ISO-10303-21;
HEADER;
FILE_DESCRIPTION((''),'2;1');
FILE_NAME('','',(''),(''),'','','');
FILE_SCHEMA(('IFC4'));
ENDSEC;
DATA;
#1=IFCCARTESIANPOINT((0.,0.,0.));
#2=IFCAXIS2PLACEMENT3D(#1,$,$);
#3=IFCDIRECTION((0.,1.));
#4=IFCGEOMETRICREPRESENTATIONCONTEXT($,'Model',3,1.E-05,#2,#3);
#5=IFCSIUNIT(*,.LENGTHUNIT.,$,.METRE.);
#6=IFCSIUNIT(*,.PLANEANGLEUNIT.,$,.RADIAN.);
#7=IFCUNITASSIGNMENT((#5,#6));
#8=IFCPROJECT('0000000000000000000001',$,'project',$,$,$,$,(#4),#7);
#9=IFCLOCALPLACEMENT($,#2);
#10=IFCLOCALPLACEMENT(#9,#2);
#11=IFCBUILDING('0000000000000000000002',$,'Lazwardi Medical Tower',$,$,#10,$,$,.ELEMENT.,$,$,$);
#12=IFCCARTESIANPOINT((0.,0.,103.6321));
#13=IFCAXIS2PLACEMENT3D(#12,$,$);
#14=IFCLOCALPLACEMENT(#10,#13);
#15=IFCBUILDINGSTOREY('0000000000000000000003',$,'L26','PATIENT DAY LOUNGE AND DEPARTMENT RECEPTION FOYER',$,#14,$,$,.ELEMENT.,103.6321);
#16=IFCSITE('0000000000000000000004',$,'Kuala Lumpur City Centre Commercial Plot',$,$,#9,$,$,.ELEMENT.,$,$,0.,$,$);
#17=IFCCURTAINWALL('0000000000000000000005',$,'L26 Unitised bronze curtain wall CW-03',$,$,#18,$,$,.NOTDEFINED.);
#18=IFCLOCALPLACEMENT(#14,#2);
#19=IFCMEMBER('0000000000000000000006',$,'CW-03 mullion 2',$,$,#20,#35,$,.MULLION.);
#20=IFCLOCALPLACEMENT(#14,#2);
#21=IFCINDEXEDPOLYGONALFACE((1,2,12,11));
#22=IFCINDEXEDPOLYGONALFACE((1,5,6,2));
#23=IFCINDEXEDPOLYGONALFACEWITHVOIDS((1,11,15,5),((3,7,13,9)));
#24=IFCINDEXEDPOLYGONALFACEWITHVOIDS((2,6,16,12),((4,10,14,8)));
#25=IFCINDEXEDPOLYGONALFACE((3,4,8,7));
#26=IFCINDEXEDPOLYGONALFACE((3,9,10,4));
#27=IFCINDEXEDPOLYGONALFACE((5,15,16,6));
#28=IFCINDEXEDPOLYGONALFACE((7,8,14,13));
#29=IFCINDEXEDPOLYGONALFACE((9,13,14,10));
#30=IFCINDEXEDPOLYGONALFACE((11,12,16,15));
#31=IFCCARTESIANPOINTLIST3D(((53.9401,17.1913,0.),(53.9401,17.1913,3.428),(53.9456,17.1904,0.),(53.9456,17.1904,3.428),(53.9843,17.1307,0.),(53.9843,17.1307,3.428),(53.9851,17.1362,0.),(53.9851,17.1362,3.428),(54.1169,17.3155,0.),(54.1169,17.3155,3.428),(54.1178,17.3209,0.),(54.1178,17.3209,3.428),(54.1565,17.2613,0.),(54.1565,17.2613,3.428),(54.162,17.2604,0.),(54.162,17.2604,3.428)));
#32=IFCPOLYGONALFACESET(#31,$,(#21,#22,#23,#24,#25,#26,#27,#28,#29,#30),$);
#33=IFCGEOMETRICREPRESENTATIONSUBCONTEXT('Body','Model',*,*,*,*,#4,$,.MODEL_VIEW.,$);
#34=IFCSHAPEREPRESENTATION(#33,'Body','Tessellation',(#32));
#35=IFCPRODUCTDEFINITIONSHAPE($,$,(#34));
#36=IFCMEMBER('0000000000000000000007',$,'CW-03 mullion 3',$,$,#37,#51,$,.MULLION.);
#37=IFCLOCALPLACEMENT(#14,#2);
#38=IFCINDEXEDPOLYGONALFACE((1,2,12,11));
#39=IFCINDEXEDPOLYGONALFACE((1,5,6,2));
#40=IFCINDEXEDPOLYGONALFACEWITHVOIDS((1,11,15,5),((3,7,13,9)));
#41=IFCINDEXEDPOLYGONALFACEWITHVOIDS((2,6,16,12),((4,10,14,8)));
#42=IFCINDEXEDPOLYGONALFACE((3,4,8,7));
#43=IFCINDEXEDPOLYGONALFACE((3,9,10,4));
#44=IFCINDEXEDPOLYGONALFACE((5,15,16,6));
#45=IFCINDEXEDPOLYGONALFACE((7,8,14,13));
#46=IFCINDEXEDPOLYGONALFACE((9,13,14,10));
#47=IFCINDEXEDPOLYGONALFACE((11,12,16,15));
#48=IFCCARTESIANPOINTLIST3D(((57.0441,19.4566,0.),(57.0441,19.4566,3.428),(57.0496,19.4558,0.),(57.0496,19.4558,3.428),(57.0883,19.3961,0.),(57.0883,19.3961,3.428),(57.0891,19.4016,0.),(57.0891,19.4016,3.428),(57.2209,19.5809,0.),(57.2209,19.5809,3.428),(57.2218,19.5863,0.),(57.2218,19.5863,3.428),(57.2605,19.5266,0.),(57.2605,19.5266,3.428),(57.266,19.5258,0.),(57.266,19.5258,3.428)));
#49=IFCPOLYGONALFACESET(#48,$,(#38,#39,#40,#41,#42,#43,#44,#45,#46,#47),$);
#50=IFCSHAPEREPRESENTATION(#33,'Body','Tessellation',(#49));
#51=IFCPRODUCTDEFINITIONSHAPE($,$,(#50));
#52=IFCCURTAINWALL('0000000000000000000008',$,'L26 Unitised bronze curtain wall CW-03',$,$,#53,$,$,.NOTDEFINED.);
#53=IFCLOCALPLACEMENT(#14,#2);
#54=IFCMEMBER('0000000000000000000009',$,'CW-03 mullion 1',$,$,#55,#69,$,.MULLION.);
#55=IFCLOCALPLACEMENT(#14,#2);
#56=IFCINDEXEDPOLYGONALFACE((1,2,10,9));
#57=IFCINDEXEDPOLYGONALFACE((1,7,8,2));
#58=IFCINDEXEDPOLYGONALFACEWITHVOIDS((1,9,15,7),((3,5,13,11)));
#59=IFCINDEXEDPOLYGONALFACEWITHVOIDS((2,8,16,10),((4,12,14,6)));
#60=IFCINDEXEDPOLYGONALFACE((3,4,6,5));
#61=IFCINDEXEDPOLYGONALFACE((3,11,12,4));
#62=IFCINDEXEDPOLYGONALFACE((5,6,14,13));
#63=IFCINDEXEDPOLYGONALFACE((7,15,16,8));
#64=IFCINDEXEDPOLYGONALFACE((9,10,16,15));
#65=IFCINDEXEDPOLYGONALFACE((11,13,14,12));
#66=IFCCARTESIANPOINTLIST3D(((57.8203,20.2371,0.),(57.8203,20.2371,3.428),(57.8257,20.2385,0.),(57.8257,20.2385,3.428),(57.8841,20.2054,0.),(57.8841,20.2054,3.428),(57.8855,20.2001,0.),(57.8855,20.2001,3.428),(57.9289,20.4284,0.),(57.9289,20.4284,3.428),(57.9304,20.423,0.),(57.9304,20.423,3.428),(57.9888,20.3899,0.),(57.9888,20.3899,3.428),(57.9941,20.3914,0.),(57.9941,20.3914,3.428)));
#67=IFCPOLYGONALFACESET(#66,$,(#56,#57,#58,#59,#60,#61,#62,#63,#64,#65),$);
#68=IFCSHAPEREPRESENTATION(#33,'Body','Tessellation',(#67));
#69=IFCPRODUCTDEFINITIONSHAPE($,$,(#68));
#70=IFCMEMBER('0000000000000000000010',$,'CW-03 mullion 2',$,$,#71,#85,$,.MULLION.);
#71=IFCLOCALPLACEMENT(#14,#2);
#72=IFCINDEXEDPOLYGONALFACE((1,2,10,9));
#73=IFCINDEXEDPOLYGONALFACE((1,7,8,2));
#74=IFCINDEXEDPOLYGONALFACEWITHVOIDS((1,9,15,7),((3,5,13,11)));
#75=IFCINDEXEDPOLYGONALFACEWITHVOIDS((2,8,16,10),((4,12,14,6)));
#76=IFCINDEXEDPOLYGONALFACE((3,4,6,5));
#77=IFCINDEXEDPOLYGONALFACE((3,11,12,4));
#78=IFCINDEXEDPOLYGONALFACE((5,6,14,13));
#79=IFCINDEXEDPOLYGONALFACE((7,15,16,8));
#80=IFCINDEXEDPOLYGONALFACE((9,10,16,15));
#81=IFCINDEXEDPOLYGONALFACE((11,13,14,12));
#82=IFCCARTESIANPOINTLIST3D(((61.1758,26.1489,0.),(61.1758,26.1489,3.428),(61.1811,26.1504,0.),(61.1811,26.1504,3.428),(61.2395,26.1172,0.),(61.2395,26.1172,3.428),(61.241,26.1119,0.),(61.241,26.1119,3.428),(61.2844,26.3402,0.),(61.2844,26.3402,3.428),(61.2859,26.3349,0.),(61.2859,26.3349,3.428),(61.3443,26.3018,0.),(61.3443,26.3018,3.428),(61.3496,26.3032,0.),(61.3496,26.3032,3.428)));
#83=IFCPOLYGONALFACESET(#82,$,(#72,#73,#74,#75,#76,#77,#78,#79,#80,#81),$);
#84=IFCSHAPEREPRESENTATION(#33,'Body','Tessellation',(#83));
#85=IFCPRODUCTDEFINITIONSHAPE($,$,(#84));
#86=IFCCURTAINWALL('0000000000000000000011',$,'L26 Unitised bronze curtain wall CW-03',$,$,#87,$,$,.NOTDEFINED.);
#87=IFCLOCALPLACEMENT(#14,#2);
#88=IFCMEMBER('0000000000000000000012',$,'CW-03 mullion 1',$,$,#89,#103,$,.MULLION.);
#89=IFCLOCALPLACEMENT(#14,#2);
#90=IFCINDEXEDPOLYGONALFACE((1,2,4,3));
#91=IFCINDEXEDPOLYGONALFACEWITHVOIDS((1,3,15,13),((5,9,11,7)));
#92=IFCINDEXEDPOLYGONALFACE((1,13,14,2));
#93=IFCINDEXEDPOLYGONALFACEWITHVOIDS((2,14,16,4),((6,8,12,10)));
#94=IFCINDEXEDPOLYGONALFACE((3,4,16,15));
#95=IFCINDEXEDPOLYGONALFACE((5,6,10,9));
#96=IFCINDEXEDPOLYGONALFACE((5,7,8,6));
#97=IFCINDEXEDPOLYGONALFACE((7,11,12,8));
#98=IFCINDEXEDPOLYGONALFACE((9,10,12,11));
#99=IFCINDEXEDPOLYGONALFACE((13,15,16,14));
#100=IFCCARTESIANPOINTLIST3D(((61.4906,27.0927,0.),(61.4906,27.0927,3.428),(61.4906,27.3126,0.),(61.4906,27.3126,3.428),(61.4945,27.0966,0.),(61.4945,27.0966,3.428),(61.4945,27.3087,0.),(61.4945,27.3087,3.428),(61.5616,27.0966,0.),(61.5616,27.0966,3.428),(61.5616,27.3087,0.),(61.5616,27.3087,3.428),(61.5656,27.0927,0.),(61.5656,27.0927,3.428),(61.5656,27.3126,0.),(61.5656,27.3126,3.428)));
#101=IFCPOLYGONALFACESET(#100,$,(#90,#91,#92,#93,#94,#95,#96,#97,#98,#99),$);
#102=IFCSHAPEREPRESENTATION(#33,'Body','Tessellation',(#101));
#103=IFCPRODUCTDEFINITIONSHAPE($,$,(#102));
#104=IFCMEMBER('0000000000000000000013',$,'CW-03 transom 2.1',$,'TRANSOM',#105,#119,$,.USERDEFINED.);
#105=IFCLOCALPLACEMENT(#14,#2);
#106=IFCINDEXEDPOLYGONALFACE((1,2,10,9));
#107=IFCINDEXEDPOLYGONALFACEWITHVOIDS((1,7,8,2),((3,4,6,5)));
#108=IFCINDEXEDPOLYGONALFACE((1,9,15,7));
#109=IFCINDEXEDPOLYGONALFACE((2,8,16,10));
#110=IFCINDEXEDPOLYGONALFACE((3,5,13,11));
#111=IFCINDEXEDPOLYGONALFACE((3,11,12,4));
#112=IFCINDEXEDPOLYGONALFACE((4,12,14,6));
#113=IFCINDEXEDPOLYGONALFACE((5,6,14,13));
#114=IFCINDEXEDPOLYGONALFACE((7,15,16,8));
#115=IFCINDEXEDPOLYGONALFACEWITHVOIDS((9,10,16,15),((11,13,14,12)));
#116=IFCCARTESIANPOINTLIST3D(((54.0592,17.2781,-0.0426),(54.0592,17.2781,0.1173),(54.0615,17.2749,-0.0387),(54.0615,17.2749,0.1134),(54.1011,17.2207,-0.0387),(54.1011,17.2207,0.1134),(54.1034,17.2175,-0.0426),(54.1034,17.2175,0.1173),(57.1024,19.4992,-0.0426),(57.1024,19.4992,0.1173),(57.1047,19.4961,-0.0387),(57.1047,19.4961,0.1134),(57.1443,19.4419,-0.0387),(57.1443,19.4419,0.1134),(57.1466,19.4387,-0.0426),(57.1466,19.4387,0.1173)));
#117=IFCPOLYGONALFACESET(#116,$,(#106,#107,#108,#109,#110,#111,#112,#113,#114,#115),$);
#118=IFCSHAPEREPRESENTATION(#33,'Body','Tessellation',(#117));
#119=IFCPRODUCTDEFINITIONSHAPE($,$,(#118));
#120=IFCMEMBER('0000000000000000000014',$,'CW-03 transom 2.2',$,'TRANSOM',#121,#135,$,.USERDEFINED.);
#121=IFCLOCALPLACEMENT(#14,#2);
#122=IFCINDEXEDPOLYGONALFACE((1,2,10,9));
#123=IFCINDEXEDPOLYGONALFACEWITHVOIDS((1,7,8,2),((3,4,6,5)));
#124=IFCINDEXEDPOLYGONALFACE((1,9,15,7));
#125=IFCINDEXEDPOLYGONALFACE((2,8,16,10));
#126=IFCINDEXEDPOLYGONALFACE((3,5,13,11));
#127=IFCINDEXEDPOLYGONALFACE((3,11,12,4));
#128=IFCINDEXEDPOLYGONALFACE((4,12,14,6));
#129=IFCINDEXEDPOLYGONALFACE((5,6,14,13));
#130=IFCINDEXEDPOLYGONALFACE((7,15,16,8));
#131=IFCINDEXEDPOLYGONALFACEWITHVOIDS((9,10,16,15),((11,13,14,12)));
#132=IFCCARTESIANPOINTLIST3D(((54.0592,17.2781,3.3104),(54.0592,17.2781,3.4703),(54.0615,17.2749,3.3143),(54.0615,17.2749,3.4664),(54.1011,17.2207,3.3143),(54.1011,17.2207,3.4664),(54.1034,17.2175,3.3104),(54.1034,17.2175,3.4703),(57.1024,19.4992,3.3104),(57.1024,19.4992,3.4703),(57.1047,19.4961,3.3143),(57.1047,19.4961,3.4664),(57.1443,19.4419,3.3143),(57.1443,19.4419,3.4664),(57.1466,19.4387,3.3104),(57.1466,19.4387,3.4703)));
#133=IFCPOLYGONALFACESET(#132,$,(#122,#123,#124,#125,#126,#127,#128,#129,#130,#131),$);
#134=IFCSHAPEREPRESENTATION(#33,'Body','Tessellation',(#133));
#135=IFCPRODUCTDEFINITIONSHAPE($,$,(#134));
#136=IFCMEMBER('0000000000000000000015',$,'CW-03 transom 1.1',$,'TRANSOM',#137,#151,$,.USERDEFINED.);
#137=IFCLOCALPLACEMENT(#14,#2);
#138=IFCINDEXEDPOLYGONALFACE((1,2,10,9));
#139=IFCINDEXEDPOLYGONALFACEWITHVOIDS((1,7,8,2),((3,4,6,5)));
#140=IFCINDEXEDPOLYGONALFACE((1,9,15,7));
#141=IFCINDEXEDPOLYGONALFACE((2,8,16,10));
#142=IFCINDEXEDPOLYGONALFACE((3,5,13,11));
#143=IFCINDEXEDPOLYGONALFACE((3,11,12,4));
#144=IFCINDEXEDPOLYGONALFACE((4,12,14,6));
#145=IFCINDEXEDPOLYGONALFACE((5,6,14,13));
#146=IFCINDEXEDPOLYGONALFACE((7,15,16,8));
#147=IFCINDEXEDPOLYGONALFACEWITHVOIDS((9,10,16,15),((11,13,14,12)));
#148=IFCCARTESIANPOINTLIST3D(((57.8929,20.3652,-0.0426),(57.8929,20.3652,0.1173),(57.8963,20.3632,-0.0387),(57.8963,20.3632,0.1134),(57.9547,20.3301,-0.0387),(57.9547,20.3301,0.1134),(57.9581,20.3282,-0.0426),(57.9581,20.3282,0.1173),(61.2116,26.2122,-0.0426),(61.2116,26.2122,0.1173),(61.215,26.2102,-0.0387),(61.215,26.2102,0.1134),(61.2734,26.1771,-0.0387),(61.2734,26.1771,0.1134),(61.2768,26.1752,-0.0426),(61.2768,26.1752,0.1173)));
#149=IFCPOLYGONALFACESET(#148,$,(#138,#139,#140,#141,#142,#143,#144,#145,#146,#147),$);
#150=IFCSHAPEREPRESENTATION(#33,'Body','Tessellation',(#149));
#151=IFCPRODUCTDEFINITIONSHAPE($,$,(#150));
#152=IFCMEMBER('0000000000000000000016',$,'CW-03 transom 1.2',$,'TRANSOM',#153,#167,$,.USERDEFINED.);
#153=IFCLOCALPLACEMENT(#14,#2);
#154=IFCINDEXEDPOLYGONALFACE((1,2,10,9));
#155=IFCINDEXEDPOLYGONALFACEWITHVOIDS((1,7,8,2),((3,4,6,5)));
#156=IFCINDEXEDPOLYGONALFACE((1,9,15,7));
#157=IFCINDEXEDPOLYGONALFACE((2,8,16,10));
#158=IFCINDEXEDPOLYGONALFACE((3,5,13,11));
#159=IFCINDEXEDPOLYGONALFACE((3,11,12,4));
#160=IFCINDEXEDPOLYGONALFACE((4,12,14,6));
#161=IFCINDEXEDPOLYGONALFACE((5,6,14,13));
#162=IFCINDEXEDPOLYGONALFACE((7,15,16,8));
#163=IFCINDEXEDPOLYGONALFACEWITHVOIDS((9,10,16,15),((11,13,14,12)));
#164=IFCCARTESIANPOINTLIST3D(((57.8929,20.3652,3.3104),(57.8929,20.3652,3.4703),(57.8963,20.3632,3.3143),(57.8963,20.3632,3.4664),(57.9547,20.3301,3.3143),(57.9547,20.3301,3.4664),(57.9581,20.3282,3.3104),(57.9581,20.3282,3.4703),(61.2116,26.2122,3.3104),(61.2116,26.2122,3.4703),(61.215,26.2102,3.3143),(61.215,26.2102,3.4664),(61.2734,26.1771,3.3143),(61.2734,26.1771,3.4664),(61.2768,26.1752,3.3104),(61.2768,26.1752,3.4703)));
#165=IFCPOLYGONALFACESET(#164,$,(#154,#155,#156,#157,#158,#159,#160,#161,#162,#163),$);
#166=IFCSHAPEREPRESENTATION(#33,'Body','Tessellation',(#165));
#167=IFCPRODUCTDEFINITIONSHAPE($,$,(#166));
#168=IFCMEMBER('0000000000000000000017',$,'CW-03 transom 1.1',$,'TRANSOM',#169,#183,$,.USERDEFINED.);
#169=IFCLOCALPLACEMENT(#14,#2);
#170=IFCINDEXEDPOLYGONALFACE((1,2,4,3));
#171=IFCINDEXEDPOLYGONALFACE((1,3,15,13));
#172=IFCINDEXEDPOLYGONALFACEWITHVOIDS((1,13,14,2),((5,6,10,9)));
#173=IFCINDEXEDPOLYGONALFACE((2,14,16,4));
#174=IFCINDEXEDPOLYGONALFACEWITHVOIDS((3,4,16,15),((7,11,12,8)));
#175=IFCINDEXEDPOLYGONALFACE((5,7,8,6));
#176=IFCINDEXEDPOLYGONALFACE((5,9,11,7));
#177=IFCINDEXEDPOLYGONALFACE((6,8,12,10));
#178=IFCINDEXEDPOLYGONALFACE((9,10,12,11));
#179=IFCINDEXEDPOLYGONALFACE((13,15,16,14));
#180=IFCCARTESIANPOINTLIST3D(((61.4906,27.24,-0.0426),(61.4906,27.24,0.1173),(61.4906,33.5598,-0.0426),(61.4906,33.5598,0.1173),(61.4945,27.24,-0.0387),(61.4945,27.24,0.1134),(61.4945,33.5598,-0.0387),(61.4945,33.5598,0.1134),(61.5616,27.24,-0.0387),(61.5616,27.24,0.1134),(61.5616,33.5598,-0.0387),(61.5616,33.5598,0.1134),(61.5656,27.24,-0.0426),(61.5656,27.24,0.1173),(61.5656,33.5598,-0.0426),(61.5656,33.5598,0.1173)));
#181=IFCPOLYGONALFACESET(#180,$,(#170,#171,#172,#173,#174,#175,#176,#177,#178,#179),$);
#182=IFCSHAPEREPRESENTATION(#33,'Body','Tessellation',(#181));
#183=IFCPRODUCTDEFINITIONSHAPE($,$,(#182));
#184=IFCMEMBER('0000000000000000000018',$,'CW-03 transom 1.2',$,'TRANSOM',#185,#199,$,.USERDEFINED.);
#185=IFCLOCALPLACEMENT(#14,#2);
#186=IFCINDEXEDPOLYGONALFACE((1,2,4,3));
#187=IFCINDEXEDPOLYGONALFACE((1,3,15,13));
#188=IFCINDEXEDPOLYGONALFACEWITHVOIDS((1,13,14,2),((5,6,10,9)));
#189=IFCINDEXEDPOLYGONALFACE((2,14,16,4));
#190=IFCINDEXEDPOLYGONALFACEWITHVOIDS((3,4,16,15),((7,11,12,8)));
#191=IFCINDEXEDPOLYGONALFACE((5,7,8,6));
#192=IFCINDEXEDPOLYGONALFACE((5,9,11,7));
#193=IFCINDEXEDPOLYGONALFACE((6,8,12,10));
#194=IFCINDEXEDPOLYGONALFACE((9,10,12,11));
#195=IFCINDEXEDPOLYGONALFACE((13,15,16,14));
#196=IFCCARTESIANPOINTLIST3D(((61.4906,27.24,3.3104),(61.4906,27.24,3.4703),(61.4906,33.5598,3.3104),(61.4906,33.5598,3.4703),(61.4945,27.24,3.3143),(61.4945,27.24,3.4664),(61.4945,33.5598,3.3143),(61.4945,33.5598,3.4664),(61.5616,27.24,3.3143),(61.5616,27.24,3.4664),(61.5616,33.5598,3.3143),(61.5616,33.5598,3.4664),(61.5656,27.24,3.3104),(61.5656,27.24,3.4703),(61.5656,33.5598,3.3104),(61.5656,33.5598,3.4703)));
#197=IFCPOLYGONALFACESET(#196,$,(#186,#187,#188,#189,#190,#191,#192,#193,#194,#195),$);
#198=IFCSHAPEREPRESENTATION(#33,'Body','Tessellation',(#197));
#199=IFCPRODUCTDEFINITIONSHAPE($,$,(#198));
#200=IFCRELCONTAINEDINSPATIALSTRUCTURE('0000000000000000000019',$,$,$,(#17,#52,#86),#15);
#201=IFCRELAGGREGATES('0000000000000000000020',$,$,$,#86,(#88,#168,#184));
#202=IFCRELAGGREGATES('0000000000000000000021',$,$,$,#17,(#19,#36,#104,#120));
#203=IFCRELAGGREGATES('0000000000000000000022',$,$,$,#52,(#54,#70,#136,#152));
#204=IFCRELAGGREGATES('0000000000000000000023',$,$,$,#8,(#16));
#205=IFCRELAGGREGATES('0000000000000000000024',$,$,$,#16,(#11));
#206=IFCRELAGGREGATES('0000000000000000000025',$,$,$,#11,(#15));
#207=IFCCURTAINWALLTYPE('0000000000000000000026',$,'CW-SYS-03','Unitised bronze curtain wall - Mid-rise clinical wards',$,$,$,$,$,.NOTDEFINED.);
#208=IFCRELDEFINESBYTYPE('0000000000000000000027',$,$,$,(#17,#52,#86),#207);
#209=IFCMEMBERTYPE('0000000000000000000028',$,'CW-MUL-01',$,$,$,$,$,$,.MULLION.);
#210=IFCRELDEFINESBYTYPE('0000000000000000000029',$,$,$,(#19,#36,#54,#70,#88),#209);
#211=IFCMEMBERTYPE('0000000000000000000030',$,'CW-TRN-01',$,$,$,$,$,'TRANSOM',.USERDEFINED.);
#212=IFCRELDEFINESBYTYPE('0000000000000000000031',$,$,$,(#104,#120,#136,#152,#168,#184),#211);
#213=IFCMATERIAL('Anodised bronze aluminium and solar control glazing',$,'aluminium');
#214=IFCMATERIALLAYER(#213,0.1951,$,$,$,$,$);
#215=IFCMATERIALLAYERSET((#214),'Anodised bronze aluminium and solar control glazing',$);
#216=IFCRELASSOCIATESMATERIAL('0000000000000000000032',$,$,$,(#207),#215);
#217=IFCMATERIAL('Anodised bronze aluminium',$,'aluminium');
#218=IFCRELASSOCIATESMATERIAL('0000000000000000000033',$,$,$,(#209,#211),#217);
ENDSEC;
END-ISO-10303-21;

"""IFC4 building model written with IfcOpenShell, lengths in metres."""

from ifc_helpers import new_model, si_unit, direction, frame, origin, origin_2d, place, context, subcontext, project, spatial, hollow_rectangle, extrude, material, layer, layer_set, material_profile, profile_set, type_object, element, aggregate, save


model = new_model("IFC4")

# Units and contexts
model_context = context("Model", 3, precision=1e-05, world=origin(), true_north=direction((0.0, 1.0)))
body_context = subcontext(model_context, "Body", "Model", "MODEL_VIEW")
ifc_project = project(units=[si_unit("LENGTHUNIT", "METRE"), si_unit("PLANEANGLEUNIT", "RADIAN")], contexts=[model_context])

# Site, building, storey
site_placement = place(None, origin())
site = spatial("IfcSite", under=ifc_project, at=site_placement, Name="Kuala Lumpur City Centre Commercial Plot", CompositionType="ELEMENT", RefElevation=0.0)
building_placement = place(site_placement, origin())
building = spatial("IfcBuilding", under=site, at=building_placement, Name="Lazwardi Medical Tower", CompositionType="ELEMENT")
storey_placement = place(building_placement, frame((0.0, 0.0, 103.6321)))
storey = spatial("IfcBuildingStorey", under=building, at=storey_placement, Name="L26", Description="PATIENT DAY LOUNGE AND DEPARTMENT RECEPTION FOYER", CompositionType="ELEMENT", Elevation=103.6321)

# Curtain walls, members
ifc_material_1 = material(Name="Anodised bronze aluminium and solar control glazing", Category="aluminium")
ifc_layer_1 = layer(ifc_material_1, 0.1951)
ifc_layer_set_1 = layer_set([ifc_layer_1], Name="Anodised bronze aluminium and solar control glazing")
curtain_wall_type = type_object("IfcCurtainWallType", Name="CW-SYS-03", Description="Unitised bronze curtain wall - Mid-rise clinical wards", PredefinedType="NOTDEFINED", material=ifc_layer_set_1)
curtain_wall_1_placement = place(storey_placement, origin())
curtain_wall_1 = element("IfcCurtainWall", 1, at=curtain_wall_1_placement, inside=storey, type_object=curtain_wall_type, Name="L26 Unitised bronze curtain wall CW-03", PredefinedType="NOTDEFINED")
ifc_material_2 = material(Name="Anodised bronze aluminium", Category="aluminium")
ifc_material_profile_1 = material_profile(ifc_material_2, hollow_rectangle(XDim=0.075, YDim=0.22, WallThickness=0.0039, at=origin_2d()), Name="ALU-MULLION 220x75x4")
ifc_profile_set_1 = profile_set([ifc_material_profile_1], Name="Anodised bronze aluminium")
member_type_1 = type_object("IfcMemberType", Name="CW-MUL-01", PredefinedType="MULLION", material=ifc_profile_set_1)
member_1_placement = place(storey_placement, frame((54.051, 17.2258, 0.0), z_axis=(0.0, 0.0, 1.0), x_axis=(-0.589531, 0.807746, 0.0)))
member_1 = element("IfcMember", 2, at=member_1_placement, type_object=member_type_1, Name="CW-03 mullion 2", PredefinedType="MULLION", context=body_context, shape_type="SweptSolid", body=[
    extrude(hollow_rectangle(XDim=0.075, YDim=0.22, WallThickness=0.0039, at=origin_2d()), origin(), (0.0, 0.0, 1.0), 3.428),
])
member_2_placement = place(storey_placement, frame((57.155, 19.4912, 0.0), z_axis=(0.0, 0.0, 1.0), x_axis=(-0.589531, 0.807746, 0.0)))
member_2 = element("IfcMember", 3, at=member_2_placement, type_object=member_type_1, Name="CW-03 mullion 3", PredefinedType="MULLION", context=body_context, shape_type="SweptSolid", body=[
    extrude(hollow_rectangle(XDim=0.075, YDim=0.22, WallThickness=0.0039, at=origin_2d()), origin(), (0.0, 0.0, 1.0), 3.428),
])
curtain_wall_2_placement = place(storey_placement, origin())
curtain_wall_2 = element("IfcCurtainWall", 4, at=curtain_wall_2_placement, inside=storey, type_object=curtain_wall_type, Name="L26 Unitised bronze curtain wall CW-03", PredefinedType="NOTDEFINED")
member_3_placement = place(storey_placement, frame((57.9072, 20.3142, 0.0), z_axis=(0.0, 0.0, 1.0), x_axis=(-0.869687, 0.493603, 0.0)))
member_3 = element("IfcMember", 5, at=member_3_placement, type_object=member_type_1, Name="CW-03 mullion 1", PredefinedType="MULLION", context=body_context, shape_type="SweptSolid", body=[
    extrude(hollow_rectangle(XDim=0.075, YDim=0.22, WallThickness=0.0039, at=origin_2d()), origin(), (0.0, 0.0, 1.0), 3.428),
])
member_4_placement = place(storey_placement, frame((61.2627, 26.2261, 0.0), z_axis=(0.0, 0.0, 1.0), x_axis=(-0.869687, 0.493603, 0.0)))
member_4 = element("IfcMember", 6, at=member_4_placement, type_object=member_type_1, Name="CW-03 mullion 2", PredefinedType="MULLION", context=body_context, shape_type="SweptSolid", body=[
    extrude(hollow_rectangle(XDim=0.075, YDim=0.22, WallThickness=0.0039, at=origin_2d()), origin(), (0.0, 0.0, 1.0), 3.428),
])

# Curtain wall, member
curtain_wall_3_placement = place(storey_placement, origin())
curtain_wall_3 = element("IfcCurtainWall", 7, at=curtain_wall_3_placement, inside=storey, type_object=curtain_wall_type, Name="L26 Unitised bronze curtain wall CW-03", PredefinedType="NOTDEFINED")
member_5_placement = place(storey_placement, frame((61.5281, 27.2026, 0.0), z_axis=(0.0, 0.0, 1.0), x_axis=(-1.0, 0.0, 0.0)))
member_5 = element("IfcMember", 8, at=member_5_placement, type_object=member_type_1, Name="CW-03 mullion 1", PredefinedType="MULLION", context=body_context, shape_type="SweptSolid", body=[
    extrude(hollow_rectangle(XDim=0.075, YDim=0.22, WallThickness=0.0039, at=origin_2d()), origin(), (0.0, 0.0, 1.0), 3.428),
])

# Members
ifc_material_profile_2 = material_profile(ifc_material_2, hollow_rectangle(XDim=0.075, YDim=0.1599, WallThickness=0.0039, at=origin_2d()), Name="ALU-TRANSOM 160x75x4")
ifc_profile_set_2 = profile_set([ifc_material_profile_2], Name="Anodised bronze aluminium")
member_type_2 = type_object("IfcMemberType", Name="CW-TRN-01", ElementType="TRANSOM", PredefinedType="USERDEFINED", material=ifc_profile_set_2)
member_6_placement = place(storey_placement, frame((54.0813, 17.2478, 0.0374), z_axis=(0.807732, 0.58955, 0.0), x_axis=(-0.58955, 0.807732, 0.0)))
member_6 = element("IfcMember", 9, at=member_6_placement, type_object=member_type_2, Name="CW-03 transom 2.1", ObjectType="TRANSOM", PredefinedType="USERDEFINED", context=body_context, shape_type="SweptSolid", body=[
    extrude(hollow_rectangle(XDim=0.075, YDim=0.1599, WallThickness=0.0039, at=origin_2d()), origin(), (0.0, 0.0, 1.0), 3.7676),
])
member_7_placement = place(storey_placement, frame((54.0813, 17.2478, 3.3904), z_axis=(0.807732, 0.58955, 0.0), x_axis=(-0.58955, 0.807732, 0.0)))
member_7 = element("IfcMember", 10, at=member_7_placement, type_object=member_type_2, Name="CW-03 transom 2.2", ObjectType="TRANSOM", PredefinedType="USERDEFINED", context=body_context, shape_type="SweptSolid", body=[
    extrude(hollow_rectangle(XDim=0.075, YDim=0.1599, WallThickness=0.0039, at=origin_2d()), origin(), (0.0, 0.0, 1.0), 3.7676),
])
member_8_placement = place(storey_placement, frame((57.9255, 20.3467, 0.0374), z_axis=(0.493614, 0.869681, 0.0), x_axis=(-0.869681, 0.493614, 0.0)))
member_8 = element("IfcMember", 11, at=member_8_placement, type_object=member_type_2, Name="CW-03 transom 1.1", ObjectType="TRANSOM", PredefinedType="USERDEFINED", context=body_context, shape_type="SweptSolid", body=[
    extrude(hollow_rectangle(XDim=0.075, YDim=0.1599, WallThickness=0.0039, at=origin_2d()), origin(), (0.0, 0.0, 1.0), 6.7231),
])
member_9_placement = place(storey_placement, frame((57.9255, 20.3467, 3.3904), z_axis=(0.493614, 0.869681, 0.0), x_axis=(-0.869681, 0.493614, 0.0)))
member_9 = element("IfcMember", 12, at=member_9_placement, type_object=member_type_2, Name="CW-03 transom 1.2", ObjectType="TRANSOM", PredefinedType="USERDEFINED", context=body_context, shape_type="SweptSolid", body=[
    extrude(hollow_rectangle(XDim=0.075, YDim=0.1599, WallThickness=0.0039, at=origin_2d()), origin(), (0.0, 0.0, 1.0), 6.7231),
])
member_10_placement = place(storey_placement, frame((61.5281, 27.24, 0.0374), z_axis=(0.0, 1.0, 0.0), x_axis=(-1.0, 0.0, 0.0)))
member_10 = element("IfcMember", 13, at=member_10_placement, type_object=member_type_2, Name="CW-03 transom 1.1", ObjectType="TRANSOM", PredefinedType="USERDEFINED", context=body_context, shape_type="SweptSolid", body=[
    extrude(hollow_rectangle(XDim=0.075, YDim=0.1599, WallThickness=0.0039, at=origin_2d()), origin(), (0.0, 0.0, 1.0), 6.3198),
])
member_11_placement = place(storey_placement, frame((61.5281, 27.24, 3.3904), z_axis=(0.0, 1.0, 0.0), x_axis=(-1.0, 0.0, 0.0)))
member_11 = element("IfcMember", 14, at=member_11_placement, type_object=member_type_2, Name="CW-03 transom 1.2", ObjectType="TRANSOM", PredefinedType="USERDEFINED", context=body_context, shape_type="SweptSolid", body=[
    extrude(hollow_rectangle(XDim=0.075, YDim=0.1599, WallThickness=0.0039, at=origin_2d()), origin(), (0.0, 0.0, 1.0), 6.3198),
])
aggregate(curtain_wall_3, [member_5, member_10, member_11])

aggregate(curtain_wall_1, [member_1, member_2, member_6, member_7])
aggregate(curtain_wall_2, [member_3, member_4, member_8, member_9])

save(model, "model.ifc")
